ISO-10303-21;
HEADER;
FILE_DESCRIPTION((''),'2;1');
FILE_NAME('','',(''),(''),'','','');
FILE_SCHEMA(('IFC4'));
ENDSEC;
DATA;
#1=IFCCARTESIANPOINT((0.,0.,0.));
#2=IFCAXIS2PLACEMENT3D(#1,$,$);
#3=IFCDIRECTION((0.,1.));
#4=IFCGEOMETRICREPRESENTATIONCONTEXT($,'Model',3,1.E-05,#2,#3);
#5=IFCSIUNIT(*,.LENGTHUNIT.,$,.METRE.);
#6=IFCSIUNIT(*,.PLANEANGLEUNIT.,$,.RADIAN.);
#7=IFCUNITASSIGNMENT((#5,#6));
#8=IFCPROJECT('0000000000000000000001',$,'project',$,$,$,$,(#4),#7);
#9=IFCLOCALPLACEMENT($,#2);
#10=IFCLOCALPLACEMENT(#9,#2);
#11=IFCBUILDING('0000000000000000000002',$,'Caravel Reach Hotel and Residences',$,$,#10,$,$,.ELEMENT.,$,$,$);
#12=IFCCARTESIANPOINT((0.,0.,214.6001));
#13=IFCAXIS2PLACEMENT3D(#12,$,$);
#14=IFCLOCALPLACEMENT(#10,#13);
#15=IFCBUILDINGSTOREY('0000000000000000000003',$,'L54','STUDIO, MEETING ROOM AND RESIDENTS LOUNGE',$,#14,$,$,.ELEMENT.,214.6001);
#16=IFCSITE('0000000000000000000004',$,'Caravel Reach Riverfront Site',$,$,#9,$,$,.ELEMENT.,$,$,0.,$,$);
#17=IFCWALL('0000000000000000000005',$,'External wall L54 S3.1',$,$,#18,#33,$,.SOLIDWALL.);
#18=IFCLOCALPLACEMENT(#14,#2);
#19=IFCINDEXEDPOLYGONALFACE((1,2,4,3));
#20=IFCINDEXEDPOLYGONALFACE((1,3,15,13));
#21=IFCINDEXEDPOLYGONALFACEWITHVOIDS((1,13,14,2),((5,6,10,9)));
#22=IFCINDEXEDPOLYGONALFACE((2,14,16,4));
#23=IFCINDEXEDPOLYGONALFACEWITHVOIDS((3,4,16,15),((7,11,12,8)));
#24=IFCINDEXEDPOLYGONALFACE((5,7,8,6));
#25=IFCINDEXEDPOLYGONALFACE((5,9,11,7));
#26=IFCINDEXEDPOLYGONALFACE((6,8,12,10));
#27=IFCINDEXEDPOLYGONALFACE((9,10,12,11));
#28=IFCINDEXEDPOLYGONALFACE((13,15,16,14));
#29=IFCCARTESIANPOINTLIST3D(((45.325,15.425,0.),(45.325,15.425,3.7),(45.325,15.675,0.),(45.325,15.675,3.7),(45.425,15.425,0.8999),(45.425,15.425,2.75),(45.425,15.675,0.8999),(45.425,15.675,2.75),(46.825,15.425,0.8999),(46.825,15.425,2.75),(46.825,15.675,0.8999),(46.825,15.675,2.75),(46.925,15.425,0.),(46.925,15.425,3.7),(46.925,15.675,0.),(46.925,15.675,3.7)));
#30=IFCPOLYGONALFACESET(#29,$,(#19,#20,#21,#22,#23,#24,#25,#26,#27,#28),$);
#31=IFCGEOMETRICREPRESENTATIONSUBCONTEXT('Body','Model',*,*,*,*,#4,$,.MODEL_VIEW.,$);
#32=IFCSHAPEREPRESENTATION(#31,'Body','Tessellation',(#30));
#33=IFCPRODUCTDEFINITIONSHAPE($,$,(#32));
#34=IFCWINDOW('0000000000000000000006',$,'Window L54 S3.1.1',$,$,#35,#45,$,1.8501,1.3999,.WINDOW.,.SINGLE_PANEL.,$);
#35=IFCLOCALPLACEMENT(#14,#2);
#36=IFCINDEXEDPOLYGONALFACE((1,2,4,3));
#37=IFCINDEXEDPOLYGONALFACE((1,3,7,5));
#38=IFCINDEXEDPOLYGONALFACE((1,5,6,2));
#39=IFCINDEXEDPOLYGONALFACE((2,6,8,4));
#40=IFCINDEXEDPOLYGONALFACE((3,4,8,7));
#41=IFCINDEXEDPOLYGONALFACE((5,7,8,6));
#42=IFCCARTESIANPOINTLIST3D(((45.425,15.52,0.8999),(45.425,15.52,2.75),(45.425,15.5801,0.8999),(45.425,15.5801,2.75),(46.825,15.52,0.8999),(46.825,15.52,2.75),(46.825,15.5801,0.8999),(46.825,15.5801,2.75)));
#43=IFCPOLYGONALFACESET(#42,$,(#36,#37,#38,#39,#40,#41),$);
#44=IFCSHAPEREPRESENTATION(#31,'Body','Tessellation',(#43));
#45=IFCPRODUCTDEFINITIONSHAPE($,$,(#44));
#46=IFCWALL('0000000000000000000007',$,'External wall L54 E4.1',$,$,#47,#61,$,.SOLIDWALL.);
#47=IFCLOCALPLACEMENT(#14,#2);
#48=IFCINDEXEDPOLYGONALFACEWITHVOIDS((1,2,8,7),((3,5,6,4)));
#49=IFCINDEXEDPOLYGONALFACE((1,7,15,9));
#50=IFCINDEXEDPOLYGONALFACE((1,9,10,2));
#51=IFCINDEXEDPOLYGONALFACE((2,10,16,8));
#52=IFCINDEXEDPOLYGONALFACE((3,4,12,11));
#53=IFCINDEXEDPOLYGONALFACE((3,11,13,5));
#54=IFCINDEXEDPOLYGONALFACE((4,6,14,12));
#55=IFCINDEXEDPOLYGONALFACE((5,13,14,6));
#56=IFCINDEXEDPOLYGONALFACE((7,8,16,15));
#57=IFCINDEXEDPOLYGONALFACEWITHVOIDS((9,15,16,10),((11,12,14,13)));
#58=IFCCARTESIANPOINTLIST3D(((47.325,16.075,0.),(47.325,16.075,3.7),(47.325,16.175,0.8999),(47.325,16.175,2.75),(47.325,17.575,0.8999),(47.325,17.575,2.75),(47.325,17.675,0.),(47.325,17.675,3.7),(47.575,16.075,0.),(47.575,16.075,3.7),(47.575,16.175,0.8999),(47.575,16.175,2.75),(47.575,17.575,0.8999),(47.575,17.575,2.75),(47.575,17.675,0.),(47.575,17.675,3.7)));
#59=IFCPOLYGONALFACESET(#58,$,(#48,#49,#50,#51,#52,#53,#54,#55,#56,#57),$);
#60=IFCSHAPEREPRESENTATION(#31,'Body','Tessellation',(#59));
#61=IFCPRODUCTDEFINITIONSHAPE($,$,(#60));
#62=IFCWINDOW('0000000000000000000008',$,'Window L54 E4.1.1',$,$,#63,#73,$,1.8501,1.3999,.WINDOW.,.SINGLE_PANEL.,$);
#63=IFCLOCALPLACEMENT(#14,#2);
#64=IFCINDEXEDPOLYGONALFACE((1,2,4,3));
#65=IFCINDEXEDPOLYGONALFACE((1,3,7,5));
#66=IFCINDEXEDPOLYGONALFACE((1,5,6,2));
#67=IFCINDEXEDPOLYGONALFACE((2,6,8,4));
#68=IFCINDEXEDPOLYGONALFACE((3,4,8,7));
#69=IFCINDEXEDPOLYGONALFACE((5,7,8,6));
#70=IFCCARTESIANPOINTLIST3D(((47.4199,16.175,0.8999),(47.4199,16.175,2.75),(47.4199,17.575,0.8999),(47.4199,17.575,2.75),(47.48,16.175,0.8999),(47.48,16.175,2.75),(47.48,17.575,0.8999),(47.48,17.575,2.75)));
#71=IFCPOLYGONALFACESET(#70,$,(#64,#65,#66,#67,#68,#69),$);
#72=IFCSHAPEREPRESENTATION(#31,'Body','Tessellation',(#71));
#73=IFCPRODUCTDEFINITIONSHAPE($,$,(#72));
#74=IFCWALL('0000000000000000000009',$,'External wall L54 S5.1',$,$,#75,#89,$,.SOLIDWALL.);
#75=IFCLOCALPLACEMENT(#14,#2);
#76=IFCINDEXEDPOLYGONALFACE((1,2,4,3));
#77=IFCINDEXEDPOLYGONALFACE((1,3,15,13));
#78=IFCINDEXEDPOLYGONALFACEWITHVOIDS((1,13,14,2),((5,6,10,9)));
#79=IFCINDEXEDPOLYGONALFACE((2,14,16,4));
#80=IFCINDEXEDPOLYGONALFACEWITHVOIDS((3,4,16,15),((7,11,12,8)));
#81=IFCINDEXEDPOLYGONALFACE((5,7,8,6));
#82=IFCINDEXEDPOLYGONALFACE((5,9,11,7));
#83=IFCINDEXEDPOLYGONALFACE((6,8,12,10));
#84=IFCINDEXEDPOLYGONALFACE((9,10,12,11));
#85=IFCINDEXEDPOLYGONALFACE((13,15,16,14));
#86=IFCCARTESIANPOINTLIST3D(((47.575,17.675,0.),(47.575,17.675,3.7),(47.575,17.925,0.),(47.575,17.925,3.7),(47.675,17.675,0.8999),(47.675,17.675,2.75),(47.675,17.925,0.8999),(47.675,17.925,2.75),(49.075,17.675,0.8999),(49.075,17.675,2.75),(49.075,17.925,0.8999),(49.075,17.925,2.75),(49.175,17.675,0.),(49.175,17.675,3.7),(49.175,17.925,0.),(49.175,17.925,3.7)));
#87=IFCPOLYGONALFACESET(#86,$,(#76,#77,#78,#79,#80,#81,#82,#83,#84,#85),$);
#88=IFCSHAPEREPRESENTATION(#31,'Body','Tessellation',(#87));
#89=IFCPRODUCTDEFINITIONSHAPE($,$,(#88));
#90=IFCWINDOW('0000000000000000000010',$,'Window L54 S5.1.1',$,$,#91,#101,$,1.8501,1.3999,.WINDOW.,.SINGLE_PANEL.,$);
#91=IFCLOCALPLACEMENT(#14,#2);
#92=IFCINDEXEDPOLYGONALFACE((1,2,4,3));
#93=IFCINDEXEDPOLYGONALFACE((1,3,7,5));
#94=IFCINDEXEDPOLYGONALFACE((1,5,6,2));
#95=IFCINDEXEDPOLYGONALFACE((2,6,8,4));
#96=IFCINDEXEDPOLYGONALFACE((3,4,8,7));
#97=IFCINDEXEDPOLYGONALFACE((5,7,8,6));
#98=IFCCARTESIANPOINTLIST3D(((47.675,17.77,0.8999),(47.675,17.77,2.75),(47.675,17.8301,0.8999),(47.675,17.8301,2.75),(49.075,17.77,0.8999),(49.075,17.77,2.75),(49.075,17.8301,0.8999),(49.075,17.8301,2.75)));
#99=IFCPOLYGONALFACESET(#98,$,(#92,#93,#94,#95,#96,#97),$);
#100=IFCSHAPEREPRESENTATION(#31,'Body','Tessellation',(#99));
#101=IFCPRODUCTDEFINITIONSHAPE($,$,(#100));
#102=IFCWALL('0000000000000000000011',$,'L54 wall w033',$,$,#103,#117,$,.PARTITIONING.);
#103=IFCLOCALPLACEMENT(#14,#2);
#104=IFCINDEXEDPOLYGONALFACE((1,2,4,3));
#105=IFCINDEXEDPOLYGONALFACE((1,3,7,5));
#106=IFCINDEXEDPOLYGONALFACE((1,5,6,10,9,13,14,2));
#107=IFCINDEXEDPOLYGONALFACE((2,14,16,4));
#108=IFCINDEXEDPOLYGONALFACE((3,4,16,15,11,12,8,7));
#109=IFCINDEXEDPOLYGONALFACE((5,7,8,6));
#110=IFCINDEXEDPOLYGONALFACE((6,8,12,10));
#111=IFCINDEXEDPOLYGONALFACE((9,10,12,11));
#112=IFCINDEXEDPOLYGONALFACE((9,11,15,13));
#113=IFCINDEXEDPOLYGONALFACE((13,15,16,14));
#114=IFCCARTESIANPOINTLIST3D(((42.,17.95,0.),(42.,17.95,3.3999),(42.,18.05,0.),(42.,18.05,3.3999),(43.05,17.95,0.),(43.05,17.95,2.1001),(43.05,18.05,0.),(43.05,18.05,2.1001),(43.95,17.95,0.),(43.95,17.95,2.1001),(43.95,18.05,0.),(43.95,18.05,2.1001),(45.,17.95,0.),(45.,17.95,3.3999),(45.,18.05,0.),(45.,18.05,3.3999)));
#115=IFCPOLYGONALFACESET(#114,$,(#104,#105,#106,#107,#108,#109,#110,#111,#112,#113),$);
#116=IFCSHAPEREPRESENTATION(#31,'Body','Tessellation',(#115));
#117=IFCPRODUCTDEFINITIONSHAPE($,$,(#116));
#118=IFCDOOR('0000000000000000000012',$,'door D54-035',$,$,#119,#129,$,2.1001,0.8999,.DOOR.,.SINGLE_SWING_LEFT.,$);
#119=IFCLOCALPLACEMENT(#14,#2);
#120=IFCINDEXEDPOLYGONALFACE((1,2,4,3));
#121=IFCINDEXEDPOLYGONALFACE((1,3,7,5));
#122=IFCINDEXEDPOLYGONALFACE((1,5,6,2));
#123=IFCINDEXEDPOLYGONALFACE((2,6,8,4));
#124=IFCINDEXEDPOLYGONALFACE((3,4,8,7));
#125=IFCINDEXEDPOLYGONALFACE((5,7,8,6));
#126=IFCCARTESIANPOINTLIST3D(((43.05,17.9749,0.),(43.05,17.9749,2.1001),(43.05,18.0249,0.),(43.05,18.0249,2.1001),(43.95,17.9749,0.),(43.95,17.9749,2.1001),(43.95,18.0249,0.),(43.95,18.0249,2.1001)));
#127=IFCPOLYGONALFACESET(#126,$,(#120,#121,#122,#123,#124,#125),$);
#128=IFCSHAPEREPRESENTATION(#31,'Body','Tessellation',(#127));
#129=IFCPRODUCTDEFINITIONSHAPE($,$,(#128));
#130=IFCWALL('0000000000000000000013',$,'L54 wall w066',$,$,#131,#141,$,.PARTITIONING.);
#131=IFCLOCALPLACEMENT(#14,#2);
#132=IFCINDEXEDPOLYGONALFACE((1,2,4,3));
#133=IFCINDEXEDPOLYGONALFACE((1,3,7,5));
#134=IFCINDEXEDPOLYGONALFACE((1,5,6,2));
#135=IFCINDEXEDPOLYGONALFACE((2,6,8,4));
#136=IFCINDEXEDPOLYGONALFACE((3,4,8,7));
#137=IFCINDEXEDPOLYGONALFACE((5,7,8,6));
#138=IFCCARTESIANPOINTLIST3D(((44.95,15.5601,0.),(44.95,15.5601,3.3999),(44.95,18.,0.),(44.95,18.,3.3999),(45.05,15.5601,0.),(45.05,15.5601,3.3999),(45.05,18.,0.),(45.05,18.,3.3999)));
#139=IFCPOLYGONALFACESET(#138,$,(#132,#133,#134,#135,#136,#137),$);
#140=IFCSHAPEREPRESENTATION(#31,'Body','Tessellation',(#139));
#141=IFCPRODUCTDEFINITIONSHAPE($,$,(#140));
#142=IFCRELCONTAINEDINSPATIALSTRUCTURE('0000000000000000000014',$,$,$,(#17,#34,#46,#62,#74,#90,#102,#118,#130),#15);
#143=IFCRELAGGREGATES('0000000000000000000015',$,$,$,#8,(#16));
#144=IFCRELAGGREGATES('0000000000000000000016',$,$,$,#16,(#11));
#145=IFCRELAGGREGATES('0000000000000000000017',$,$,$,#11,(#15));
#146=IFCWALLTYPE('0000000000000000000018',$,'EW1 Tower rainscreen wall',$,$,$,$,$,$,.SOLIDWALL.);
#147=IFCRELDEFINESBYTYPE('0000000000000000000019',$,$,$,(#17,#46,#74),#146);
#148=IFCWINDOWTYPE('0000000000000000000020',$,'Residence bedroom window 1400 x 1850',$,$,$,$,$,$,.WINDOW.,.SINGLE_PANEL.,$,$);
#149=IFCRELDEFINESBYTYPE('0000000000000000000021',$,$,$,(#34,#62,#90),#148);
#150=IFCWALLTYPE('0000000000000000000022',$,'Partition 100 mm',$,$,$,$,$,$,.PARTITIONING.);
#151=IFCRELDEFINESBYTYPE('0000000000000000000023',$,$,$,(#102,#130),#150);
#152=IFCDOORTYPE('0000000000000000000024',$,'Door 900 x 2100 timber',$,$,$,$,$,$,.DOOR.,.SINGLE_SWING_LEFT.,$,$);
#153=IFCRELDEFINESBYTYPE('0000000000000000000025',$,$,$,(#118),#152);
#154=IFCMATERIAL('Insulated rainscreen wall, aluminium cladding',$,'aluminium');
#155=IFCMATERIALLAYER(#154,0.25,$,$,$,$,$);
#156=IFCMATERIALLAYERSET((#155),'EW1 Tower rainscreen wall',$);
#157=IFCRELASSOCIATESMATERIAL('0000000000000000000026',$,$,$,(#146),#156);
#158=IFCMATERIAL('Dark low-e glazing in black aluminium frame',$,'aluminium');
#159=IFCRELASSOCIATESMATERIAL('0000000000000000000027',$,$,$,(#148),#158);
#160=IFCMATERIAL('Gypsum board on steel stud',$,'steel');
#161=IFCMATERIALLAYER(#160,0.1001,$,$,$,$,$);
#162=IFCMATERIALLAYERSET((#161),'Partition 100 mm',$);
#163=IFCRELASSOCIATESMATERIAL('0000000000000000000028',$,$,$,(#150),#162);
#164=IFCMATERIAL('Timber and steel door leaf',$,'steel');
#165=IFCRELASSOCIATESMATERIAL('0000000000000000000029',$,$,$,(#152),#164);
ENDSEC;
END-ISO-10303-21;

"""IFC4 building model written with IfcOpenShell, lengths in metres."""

from ifc_helpers import new_model, si_unit, direction, frame, frame_2d, origin, place, context, subcontext, project, spatial, rectangle, extrude, material, layer, layer_set, type_object, element, fill, save


model = new_model("IFC4")

# Units and contexts
model_context = context("Model", 3, precision=1e-05, world=origin(), true_north=direction((0.0, 1.0)))
body_context = subcontext(model_context, "Body", "Model", "MODEL_VIEW")
ifc_project = project(units=[si_unit("LENGTHUNIT", "METRE"), si_unit("PLANEANGLEUNIT", "RADIAN")], contexts=[model_context])

# Site, building, storey
site_placement = place(None, origin())
site = spatial("IfcSite", under=ifc_project, at=site_placement, Name="Caravel Reach Riverfront Site", CompositionType="ELEMENT", RefElevation=0.0)
building_placement = place(site_placement, origin())
building = spatial("IfcBuilding", under=site, at=building_placement, Name="Caravel Reach Hotel and Residences", CompositionType="ELEMENT")
storey_placement = place(building_placement, frame((0.0, 0.0, 214.6001)))
storey = spatial("IfcBuildingStorey", under=building, at=storey_placement, Name="L54", Description="STUDIO, MEETING ROOM AND RESIDENTS LOUNGE", CompositionType="ELEMENT", Elevation=214.6001)

# Walls, openings, windows
ifc_material_1 = material(Name="Insulated rainscreen wall, aluminium cladding", Category="aluminium")
ifc_layer_1 = layer(ifc_material_1, 0.25)
ifc_layer_set_1 = layer_set([ifc_layer_1], Name="EW1 Tower rainscreen wall")
wall_type_1 = type_object("IfcWallType", Name="EW1 Tower rainscreen wall", PredefinedType="SOLIDWALL", material=ifc_layer_set_1)
ifc_material_2 = material(Name="Dark low-e glazing in black aluminium frame", Category="aluminium")
window_type = type_object("IfcWindowType", Name="Residence bedroom window 1400 x 1850", PartitioningType="SINGLE_PANEL", PredefinedType="WINDOW", material=ifc_material_2)
wall_1_placement = place(storey_placement, frame((45.325, 15.55, 0.0), z_axis=(0.0, 0.0, 1.0), x_axis=(1.0, 0.0, 0.0)))
wall_1 = element("IfcWall", 1, at=wall_1_placement, inside=storey, type_object=wall_type_1, Name="External wall L54 S3.1", PredefinedType="SOLIDWALL", context=body_context, shape_type="SweptSolid", body=[
    extrude(rectangle(XDim=1.6001, YDim=0.25, at=frame_2d((0.8, 0.0))), origin(), (0.0, 0.0, 1.0), 3.7),
])
opening_1_placement = place(wall_1_placement, frame((0.1001, 0.0, 0.8999)))
opening_1 = element("IfcOpeningElement", 2, at=opening_1_placement, cuts=wall_1, PredefinedType="OPENING", context=body_context, shape_type="SweptSolid", body=[
    extrude(rectangle(XDim=1.3999, YDim=1.8501, at=frame_2d((0.7, 0.925))), frame((0.0, 0.135, 0.0), z_axis=(0.0, -1.0, 0.0), x_axis=(1.0, 0.0, 0.0)), (0.0, 0.0, 1.0), 0.27),
])
window_1_placement = place(opening_1_placement, origin())
window_1 = element("IfcWindow", 3, at=window_1_placement, inside=storey, type_object=window_type, Name="Window L54 S3.1.1", OverallHeight=1.8501, OverallWidth=1.3999, PartitioningType="SINGLE_PANEL", PredefinedType="WINDOW", context=body_context, shape_type="SweptSolid", body=[
    extrude(rectangle(XDim=1.3999, YDim=1.8501, at=frame_2d((0.7, 0.925))), frame((0.0, 0.03, 0.0), z_axis=(0.0, -1.0, 0.0), x_axis=(1.0, 0.0, 0.0)), (0.0, 0.0, 1.0), 0.0601),
])
fill(opening_1, window_1)
wall_2_placement = place(storey_placement, frame((47.45, 16.075, 0.0), z_axis=(0.0, 0.0, 1.0), x_axis=(0.0, 1.0, 0.0)))
wall_2 = element("IfcWall", 4, at=wall_2_placement, inside=storey, type_object=wall_type_1, Name="External wall L54 E4.1", PredefinedType="SOLIDWALL", context=body_context, shape_type="SweptSolid", body=[
    extrude(rectangle(XDim=1.6001, YDim=0.25, at=frame_2d((0.8, 0.0))), origin(), (0.0, 0.0, 1.0), 3.7),
])
opening_2_placement = place(wall_2_placement, frame((0.1001, 0.0, 0.8999)))
opening_2 = element("IfcOpeningElement", 5, at=opening_2_placement, cuts=wall_2, PredefinedType="OPENING", context=body_context, shape_type="SweptSolid", body=[
    extrude(rectangle(XDim=1.3999, YDim=1.8501, at=frame_2d((0.7, 0.925))), frame((0.0, 0.135, 0.0), z_axis=(0.0, -1.0, 0.0), x_axis=(1.0, 0.0, 0.0)), (0.0, 0.0, 1.0), 0.27),
])
window_2_placement = place(opening_2_placement, origin())
window_2 = element("IfcWindow", 6, at=window_2_placement, inside=storey, type_object=window_type, Name="Window L54 E4.1.1", OverallHeight=1.8501, OverallWidth=1.3999, PartitioningType="SINGLE_PANEL", PredefinedType="WINDOW", context=body_context, shape_type="SweptSolid", body=[
    extrude(rectangle(XDim=1.3999, YDim=1.8501, at=frame_2d((0.7, 0.925))), frame((0.0, 0.03, 0.0), z_axis=(0.0, -1.0, 0.0), x_axis=(1.0, 0.0, 0.0)), (0.0, 0.0, 1.0), 0.0601),
])
fill(opening_2, window_2)
wall_3_placement = place(storey_placement, frame((47.575, 17.8, 0.0), z_axis=(0.0, 0.0, 1.0), x_axis=(1.0, 0.0, 0.0)))
wall_3 = element("IfcWall", 7, at=wall_3_placement, inside=storey, type_object=wall_type_1, Name="External wall L54 S5.1", PredefinedType="SOLIDWALL", context=body_context, shape_type="SweptSolid", body=[
    extrude(rectangle(XDim=1.6001, YDim=0.25, at=frame_2d((0.8, 0.0))), origin(), (0.0, 0.0, 1.0), 3.7),
])
opening_3_placement = place(wall_3_placement, frame((0.1001, 0.0, 0.8999)))
opening_3 = element("IfcOpeningElement", 8, at=opening_3_placement, cuts=wall_3, PredefinedType="OPENING", context=body_context, shape_type="SweptSolid", body=[
    extrude(rectangle(XDim=1.3999, YDim=1.8501, at=frame_2d((0.7, 0.925))), frame((0.0, 0.135, 0.0), z_axis=(0.0, -1.0, 0.0), x_axis=(1.0, 0.0, 0.0)), (0.0, 0.0, 1.0), 0.27),
])
window_3_placement = place(opening_3_placement, origin())
window_3 = element("IfcWindow", 9, at=window_3_placement, inside=storey, type_object=window_type, Name="Window L54 S5.1.1", OverallHeight=1.8501, OverallWidth=1.3999, PartitioningType="SINGLE_PANEL", PredefinedType="WINDOW", context=body_context, shape_type="SweptSolid", body=[
    extrude(rectangle(XDim=1.3999, YDim=1.8501, at=frame_2d((0.7, 0.925))), frame((0.0, 0.03, 0.0), z_axis=(0.0, -1.0, 0.0), x_axis=(1.0, 0.0, 0.0)), (0.0, 0.0, 1.0), 0.0601),
])
fill(opening_3, window_3)

# Wall, opening, door
ifc_material_3 = material(Name="Gypsum board on steel stud", Category="steel")
ifc_layer_2 = layer(ifc_material_3, 0.1001)
ifc_layer_set_2 = layer_set([ifc_layer_2], Name="Partition 100 mm")
wall_type_2 = type_object("IfcWallType", Name="Partition 100 mm", PredefinedType="PARTITIONING", material=ifc_layer_set_2)
wall_4_placement = place(storey_placement, frame((42.0, 18.0, 0.0), z_axis=(0.0, 0.0, 1.0), x_axis=(1.0, 0.0, 0.0)))
wall_4 = element("IfcWall", 10, at=wall_4_placement, inside=storey, type_object=wall_type_2, Name="L54 wall w033", PredefinedType="PARTITIONING", context=body_context, shape_type="SweptSolid", body=[
    extrude(rectangle(XDim=3.0, YDim=0.1001, at=frame_2d((1.5, 0.0))), origin(), (0.0, 0.0, 1.0), 3.3999),
])
opening_4_placement = place(wall_4_placement, frame((1.05, 0.0, 0.0)))
opening_4 = element("IfcOpeningElement", 11, at=opening_4_placement, cuts=wall_4, PredefinedType="OPENING", context=body_context, shape_type="SweptSolid", body=[
    extrude(rectangle(XDim=0.8999, YDim=2.1001, at=frame_2d((0.45, 1.05))), frame((0.0, 0.0601, 0.0), z_axis=(0.0, -1.0, 0.0), x_axis=(1.0, 0.0, 0.0)), (0.0, 0.0, 1.0), 0.1201),
])
ifc_material_4 = material(Name="Timber and steel door leaf", Category="steel")
door_type_1 = type_object("IfcDoorType", Name="Door 900 x 2100 timber", OperationType="SINGLE_SWING_LEFT", PredefinedType="DOOR", material=ifc_material_4)
door_1_placement = place(opening_4_placement, origin())
door_1 = element("IfcDoor", 12, at=door_1_placement, inside=storey, type_object=door_type_1, Name="door D54-035", OperationType="SINGLE_SWING_LEFT", OverallHeight=2.1001, OverallWidth=0.8999, PredefinedType="DOOR", context=body_context, shape_type="SweptSolid", body=[
    extrude(rectangle(XDim=0.8999, YDim=2.1001, at=frame_2d((0.45, 1.05))), frame((0.0, 0.0249, 0.0), z_axis=(0.0, -1.0, 0.0), x_axis=(1.0, 0.0, 0.0)), (0.0, 0.0, 1.0), 0.05),
])
fill(opening_4, door_1)

# Wall
wall_5_placement = place(storey_placement, frame((45.0, 15.5601, 0.0), z_axis=(0.0, 0.0, 1.0), x_axis=(0.0, 1.0, 0.0)))
element("IfcWall", 13, at=wall_5_placement, inside=storey, type_object=wall_type_2, Name="L54 wall w066", PredefinedType="PARTITIONING", context=body_context, shape_type="SweptSolid", body=[
    extrude(rectangle(XDim=2.4399, YDim=0.1001, at=frame_2d((1.22, 0.0))), origin(), (0.0, 0.0, 1.0), 3.3999),
])

save(model, "model.ifc")
